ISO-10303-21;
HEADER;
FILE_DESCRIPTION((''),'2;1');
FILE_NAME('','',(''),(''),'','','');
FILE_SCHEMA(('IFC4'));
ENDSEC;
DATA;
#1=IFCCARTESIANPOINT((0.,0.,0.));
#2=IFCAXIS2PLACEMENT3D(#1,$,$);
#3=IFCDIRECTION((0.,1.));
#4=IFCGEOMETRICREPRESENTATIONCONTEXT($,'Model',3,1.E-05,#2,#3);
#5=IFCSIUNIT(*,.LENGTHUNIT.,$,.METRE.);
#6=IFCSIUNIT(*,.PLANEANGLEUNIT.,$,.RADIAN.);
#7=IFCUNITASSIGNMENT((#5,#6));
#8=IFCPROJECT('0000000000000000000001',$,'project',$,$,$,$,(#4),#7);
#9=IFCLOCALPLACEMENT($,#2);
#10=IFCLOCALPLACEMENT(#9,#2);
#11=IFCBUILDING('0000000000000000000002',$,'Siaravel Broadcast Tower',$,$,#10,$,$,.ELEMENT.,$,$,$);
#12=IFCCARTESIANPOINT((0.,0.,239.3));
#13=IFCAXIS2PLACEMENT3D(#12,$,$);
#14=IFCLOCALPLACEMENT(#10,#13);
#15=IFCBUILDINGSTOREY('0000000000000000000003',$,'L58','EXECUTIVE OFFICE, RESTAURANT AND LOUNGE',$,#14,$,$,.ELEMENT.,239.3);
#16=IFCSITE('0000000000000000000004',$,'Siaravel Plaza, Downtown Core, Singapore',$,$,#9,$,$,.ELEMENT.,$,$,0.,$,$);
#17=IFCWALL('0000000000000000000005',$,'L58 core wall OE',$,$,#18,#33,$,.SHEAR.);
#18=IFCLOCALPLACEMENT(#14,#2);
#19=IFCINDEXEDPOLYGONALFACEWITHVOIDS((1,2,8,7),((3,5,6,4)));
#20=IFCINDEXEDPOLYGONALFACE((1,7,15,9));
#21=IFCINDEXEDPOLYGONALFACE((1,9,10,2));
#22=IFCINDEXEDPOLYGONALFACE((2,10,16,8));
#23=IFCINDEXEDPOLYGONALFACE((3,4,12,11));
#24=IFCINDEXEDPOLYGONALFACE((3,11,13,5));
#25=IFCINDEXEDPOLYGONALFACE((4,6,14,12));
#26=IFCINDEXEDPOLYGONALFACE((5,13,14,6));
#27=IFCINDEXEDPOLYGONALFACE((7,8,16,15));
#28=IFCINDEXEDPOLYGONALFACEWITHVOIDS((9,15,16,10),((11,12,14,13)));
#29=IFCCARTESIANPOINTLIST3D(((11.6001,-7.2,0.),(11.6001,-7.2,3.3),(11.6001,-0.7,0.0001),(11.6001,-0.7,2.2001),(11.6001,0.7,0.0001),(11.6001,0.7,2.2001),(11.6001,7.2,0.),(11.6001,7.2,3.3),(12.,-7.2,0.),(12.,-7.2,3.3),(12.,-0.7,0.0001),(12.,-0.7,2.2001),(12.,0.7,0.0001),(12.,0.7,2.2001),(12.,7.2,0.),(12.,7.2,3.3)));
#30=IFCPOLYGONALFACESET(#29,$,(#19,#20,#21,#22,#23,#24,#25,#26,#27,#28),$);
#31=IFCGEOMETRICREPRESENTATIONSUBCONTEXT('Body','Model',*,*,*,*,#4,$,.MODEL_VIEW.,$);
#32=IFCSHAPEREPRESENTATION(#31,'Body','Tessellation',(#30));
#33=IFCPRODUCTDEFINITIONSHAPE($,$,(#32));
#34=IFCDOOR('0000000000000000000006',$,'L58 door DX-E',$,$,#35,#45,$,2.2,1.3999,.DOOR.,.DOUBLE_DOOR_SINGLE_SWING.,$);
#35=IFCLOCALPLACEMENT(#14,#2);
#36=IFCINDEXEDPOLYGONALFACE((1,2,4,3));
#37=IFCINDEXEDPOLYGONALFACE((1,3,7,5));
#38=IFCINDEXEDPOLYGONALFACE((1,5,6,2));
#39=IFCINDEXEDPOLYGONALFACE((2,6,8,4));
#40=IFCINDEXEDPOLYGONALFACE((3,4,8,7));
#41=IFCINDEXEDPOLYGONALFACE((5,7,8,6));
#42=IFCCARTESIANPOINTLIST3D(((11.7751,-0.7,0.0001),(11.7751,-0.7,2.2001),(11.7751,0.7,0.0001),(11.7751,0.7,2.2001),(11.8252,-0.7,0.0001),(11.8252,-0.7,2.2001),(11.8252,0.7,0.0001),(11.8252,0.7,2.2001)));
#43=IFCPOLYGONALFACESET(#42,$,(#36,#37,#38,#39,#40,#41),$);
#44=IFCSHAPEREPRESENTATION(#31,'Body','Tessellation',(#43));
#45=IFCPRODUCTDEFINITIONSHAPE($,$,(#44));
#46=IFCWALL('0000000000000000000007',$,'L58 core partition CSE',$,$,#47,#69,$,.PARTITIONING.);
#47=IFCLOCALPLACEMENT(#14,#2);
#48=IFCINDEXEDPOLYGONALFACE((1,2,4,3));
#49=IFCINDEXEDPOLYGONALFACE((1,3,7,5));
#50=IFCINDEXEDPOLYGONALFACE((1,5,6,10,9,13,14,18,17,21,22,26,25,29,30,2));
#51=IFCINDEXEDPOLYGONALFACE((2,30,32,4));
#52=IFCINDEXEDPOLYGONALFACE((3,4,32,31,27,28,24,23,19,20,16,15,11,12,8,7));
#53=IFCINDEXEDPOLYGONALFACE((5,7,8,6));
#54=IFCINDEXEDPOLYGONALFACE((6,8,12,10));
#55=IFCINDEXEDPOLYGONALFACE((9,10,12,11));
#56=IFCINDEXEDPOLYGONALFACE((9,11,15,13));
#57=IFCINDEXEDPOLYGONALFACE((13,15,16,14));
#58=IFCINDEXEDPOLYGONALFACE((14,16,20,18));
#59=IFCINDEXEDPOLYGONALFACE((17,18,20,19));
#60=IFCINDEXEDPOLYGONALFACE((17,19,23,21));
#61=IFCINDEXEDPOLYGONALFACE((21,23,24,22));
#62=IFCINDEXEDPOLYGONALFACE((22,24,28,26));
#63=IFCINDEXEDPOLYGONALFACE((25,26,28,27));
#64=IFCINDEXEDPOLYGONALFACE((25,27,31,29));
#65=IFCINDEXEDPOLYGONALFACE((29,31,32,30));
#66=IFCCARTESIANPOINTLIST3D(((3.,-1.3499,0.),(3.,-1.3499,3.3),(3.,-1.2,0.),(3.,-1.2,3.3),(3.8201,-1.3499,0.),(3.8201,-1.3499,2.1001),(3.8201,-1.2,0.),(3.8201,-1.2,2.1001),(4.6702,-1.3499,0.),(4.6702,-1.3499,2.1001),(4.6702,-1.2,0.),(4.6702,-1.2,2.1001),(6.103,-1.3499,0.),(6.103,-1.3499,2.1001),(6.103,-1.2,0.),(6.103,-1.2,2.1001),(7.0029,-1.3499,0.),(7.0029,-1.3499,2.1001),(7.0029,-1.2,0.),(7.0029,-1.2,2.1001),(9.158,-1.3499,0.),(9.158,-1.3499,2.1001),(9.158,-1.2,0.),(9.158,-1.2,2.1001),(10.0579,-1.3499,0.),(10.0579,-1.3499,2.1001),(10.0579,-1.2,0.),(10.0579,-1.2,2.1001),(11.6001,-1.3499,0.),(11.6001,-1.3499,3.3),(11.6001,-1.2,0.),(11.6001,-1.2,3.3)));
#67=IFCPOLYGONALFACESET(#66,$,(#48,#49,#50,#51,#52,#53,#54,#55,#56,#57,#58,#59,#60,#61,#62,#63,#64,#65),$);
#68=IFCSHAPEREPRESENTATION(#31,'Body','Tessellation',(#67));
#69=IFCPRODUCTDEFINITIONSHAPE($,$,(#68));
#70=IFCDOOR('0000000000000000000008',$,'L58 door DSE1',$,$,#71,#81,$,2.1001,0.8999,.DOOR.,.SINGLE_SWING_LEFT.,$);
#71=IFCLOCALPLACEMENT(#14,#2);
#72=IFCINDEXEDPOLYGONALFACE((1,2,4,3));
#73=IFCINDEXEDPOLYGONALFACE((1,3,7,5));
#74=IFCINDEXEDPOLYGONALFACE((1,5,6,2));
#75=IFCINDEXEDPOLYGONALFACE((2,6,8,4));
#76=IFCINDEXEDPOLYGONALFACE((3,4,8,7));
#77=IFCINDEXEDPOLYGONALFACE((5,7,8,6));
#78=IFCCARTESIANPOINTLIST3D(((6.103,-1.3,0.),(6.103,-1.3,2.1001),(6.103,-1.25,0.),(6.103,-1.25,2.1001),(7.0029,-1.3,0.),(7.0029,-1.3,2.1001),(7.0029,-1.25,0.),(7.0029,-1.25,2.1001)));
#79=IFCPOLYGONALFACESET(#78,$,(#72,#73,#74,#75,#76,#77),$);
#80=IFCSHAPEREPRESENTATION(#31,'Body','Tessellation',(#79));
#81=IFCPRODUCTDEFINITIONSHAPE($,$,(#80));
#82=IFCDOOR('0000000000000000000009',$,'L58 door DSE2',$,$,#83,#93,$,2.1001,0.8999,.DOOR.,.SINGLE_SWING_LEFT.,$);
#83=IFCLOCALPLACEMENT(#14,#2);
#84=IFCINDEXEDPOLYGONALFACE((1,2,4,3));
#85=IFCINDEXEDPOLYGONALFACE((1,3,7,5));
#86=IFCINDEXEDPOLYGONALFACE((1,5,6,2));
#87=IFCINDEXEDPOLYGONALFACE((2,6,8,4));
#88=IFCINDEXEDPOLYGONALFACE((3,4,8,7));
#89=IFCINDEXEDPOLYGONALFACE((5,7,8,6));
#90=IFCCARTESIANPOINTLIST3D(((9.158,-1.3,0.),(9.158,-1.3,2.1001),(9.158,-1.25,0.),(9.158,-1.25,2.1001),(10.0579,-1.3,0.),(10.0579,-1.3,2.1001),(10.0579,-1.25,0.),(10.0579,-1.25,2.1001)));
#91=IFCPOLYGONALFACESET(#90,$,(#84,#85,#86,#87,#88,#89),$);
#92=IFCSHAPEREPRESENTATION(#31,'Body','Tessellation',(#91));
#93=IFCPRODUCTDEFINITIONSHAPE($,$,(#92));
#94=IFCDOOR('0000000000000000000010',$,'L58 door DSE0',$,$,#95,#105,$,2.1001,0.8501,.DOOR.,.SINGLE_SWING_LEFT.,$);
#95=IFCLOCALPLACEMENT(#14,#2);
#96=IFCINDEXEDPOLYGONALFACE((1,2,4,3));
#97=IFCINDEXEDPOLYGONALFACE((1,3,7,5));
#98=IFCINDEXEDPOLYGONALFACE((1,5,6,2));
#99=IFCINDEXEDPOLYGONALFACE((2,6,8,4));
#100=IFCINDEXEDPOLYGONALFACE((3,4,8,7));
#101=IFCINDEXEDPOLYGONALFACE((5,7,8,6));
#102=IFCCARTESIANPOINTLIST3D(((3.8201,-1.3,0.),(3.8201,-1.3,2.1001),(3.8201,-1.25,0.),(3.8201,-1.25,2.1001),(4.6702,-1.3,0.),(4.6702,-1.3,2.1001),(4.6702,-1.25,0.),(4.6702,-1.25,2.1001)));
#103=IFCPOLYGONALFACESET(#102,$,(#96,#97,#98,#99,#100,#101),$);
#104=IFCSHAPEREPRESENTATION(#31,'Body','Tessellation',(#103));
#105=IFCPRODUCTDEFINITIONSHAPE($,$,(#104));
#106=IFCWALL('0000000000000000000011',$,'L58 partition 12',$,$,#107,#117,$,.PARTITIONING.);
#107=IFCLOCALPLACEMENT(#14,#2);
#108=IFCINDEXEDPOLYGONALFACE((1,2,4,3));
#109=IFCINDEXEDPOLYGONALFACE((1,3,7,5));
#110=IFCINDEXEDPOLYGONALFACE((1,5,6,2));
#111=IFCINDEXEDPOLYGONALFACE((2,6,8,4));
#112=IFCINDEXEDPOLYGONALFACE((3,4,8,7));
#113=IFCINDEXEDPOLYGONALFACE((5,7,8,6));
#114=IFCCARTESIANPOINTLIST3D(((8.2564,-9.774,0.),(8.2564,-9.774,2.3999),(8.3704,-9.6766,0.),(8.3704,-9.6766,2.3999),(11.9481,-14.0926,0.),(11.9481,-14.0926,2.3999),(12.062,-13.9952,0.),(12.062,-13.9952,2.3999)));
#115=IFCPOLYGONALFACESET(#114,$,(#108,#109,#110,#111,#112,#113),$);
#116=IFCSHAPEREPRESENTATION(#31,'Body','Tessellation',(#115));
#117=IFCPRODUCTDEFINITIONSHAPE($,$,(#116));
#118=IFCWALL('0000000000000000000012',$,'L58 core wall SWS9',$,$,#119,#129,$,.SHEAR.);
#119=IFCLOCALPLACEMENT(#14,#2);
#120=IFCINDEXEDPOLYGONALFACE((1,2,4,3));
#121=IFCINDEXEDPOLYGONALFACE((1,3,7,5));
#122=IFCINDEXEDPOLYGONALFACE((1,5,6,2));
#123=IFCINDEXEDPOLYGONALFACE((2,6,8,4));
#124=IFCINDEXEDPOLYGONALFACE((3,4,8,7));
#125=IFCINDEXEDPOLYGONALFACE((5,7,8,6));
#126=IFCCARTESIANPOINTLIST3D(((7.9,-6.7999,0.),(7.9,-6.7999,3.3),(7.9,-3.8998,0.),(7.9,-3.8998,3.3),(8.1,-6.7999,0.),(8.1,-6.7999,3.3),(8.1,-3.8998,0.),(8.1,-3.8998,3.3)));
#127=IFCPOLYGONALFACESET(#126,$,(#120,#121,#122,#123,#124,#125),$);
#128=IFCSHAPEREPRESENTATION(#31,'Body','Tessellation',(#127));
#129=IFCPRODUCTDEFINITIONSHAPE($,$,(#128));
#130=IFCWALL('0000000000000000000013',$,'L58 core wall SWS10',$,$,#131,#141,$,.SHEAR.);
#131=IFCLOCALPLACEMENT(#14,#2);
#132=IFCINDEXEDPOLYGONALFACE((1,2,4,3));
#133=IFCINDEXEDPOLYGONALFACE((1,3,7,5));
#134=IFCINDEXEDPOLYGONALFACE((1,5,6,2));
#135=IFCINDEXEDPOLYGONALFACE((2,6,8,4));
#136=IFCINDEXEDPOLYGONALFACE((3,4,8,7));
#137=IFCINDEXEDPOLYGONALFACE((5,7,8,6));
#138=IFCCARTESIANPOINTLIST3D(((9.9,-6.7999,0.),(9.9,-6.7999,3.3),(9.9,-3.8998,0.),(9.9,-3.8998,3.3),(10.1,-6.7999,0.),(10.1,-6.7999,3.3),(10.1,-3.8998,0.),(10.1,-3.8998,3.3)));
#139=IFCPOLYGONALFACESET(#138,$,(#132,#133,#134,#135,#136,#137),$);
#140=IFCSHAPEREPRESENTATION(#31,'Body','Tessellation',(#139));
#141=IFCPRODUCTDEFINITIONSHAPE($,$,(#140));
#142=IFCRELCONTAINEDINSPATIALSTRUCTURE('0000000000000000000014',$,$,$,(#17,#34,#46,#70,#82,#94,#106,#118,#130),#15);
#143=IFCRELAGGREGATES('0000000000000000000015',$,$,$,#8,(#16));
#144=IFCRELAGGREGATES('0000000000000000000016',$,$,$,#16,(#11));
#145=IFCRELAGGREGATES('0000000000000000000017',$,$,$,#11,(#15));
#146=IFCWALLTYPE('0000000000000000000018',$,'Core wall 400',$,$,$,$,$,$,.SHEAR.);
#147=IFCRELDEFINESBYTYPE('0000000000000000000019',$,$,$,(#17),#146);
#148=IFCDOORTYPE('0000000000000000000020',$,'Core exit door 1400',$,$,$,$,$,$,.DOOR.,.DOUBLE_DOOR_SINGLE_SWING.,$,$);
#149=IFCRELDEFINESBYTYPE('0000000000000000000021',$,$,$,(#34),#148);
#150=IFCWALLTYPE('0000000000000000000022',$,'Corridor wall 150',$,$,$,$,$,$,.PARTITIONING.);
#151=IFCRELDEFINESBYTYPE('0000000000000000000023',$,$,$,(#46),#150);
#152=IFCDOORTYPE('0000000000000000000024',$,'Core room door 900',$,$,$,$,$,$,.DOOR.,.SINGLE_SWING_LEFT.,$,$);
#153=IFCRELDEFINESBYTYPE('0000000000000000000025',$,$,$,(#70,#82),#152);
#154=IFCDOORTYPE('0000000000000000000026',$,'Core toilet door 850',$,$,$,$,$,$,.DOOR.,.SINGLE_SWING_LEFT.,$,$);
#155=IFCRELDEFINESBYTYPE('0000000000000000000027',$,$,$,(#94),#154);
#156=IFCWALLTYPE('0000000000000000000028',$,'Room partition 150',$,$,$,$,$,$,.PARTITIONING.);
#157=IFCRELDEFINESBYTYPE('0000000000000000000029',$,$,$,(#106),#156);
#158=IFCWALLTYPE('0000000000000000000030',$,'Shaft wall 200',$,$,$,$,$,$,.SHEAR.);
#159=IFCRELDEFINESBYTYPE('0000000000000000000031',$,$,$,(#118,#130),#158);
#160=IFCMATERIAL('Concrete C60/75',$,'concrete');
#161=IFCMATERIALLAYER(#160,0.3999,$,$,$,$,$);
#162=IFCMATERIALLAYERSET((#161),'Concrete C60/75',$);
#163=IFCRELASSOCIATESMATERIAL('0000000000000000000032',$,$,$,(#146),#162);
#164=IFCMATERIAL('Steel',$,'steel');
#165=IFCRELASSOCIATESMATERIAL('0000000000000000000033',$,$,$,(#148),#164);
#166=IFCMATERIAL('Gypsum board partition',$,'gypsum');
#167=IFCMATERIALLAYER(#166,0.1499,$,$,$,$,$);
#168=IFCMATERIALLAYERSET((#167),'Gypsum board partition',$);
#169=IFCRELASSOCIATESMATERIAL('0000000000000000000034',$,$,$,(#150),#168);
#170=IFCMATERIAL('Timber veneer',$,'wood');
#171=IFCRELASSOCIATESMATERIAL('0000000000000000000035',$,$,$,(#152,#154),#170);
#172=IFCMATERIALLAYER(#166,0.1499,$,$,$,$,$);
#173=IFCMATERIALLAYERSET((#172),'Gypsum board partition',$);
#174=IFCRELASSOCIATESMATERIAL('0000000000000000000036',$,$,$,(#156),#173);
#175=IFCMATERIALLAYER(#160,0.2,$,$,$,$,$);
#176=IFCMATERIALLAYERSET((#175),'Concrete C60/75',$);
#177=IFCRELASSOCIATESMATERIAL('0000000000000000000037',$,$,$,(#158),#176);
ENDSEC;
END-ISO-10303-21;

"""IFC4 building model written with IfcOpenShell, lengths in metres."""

from ifc_helpers import new_model, si_unit, direction, frame, frame_2d, origin, place, context, subcontext, project, spatial, rectangle, extrude, material, layer, layer_set, type_object, element, fill, save


model = new_model("IFC4")

# Units and contexts
model_context = context("Model", 3, precision=1e-05, world=origin(), true_north=direction((0.0, 1.0)))
body_context = subcontext(model_context, "Body", "Model", "MODEL_VIEW")
ifc_project = project(units=[si_unit("LENGTHUNIT", "METRE"), si_unit("PLANEANGLEUNIT", "RADIAN")], contexts=[model_context])

# Site, building, storey
site_placement = place(None, origin())
site = spatial("IfcSite", under=ifc_project, at=site_placement, Name="Siaravel Plaza, Downtown Core, Singapore", CompositionType="ELEMENT", RefElevation=0.0)
building_placement = place(site_placement, origin())
building = spatial("IfcBuilding", under=site, at=building_placement, Name="Siaravel Broadcast Tower", CompositionType="ELEMENT")
storey_placement = place(building_placement, frame((0.0, 0.0, 239.3)))
storey = spatial("IfcBuildingStorey", under=building, at=storey_placement, Name="L58", Description="EXECUTIVE OFFICE, RESTAURANT AND LOUNGE", CompositionType="ELEMENT", Elevation=239.3)

# Wall, opening, door
ifc_material_1 = material(Name="Concrete C60/75", Category="concrete")
ifc_layer_1 = layer(ifc_material_1, 0.3999)
ifc_layer_set_1 = layer_set([ifc_layer_1], Name="Concrete C60/75")
wall_type_1 = type_object("IfcWallType", Name="Core wall 400", PredefinedType="SHEAR", material=ifc_layer_set_1)
wall_1_placement = place(storey_placement, frame((11.8, -7.2, 0.0), z_axis=(0.0, 0.0, 1.0), x_axis=(0.0, 1.0, 0.0)))
wall_1 = element("IfcWall", 1, at=wall_1_placement, inside=storey, type_object=wall_type_1, Name="L58 core wall OE", PredefinedType="SHEAR", context=body_context, shape_type="SweptSolid", body=[
    extrude(rectangle(XDim=14.3999, YDim=0.3999, at=frame_2d((7.2, 0.0))), origin(), (0.0, 0.0, 1.0), 3.3),
])
opening_1_placement = place(wall_1_placement, frame((6.5, 0.0, 0.0)))
opening_1 = element("IfcOpeningElement", 2, at=opening_1_placement, cuts=wall_1, PredefinedType="OPENING", context=body_context, shape_type="SweptSolid", body=[
    extrude(rectangle(XDim=1.3999, YDim=2.2, at=frame_2d((0.7, 1.1001))), frame((0.0, 0.21, 0.0), z_axis=(0.0, -1.0, 0.0), x_axis=(1.0, 0.0, 0.0)), (0.0, 0.0, 1.0), 0.4199),
])
ifc_material_2 = material(Name="Steel", Category="steel")
door_type_1 = type_object("IfcDoorType", Name="Core exit door 1400", OperationType="DOUBLE_DOOR_SINGLE_SWING", PredefinedType="DOOR", material=ifc_material_2)
door_1_placement = place(opening_1_placement, origin())
door_1 = element("IfcDoor", 3, at=door_1_placement, inside=storey, type_object=door_type_1, Name="L58 door DX-E", OperationType="DOUBLE_DOOR_SINGLE_SWING", OverallHeight=2.2, OverallWidth=1.3999, PredefinedType="DOOR", context=body_context, shape_type="SweptSolid", body=[
    extrude(rectangle(XDim=1.3999, YDim=2.2, at=frame_2d((0.7, 1.1001))), frame((0.0, 0.0249, 0.0), z_axis=(0.0, -1.0, 0.0), x_axis=(1.0, 0.0, 0.0)), (0.0, 0.0, 1.0), 0.05),
])
fill(opening_1, door_1)

# Wall, openings, doors
ifc_material_3 = material(Name="Gypsum board partition", Category="gypsum")
ifc_layer_2 = layer(ifc_material_3, 0.1499)
ifc_layer_set_2 = layer_set([ifc_layer_2], Name="Gypsum board partition")
wall_type_2 = type_object("IfcWallType", Name="Corridor wall 150", PredefinedType="PARTITIONING", material=ifc_layer_set_2)
wall_2_placement = place(storey_placement, frame((3.0, -1.2749, 0.0), z_axis=(0.0, 0.0, 1.0), x_axis=(1.0, 0.0, 0.0)))
wall_2 = element("IfcWall", 4, at=wall_2_placement, inside=storey, type_object=wall_type_2, Name="L58 core partition CSE", PredefinedType="PARTITIONING", context=body_context, shape_type="SweptSolid", body=[
    extrude(rectangle(XDim=8.6001, YDim=0.1499, at=frame_2d((4.3, 0.0))), origin(), (0.0, 0.0, 1.0), 3.3),
])
opening_2_placement = place(wall_2_placement, frame((0.8201, 0.0, 0.0)))
opening_2 = element("IfcOpeningElement", 5, at=opening_2_placement, cuts=wall_2, PredefinedType="OPENING", context=body_context, shape_type="SweptSolid", body=[
    extrude(rectangle(XDim=0.8501, YDim=2.1001, at=frame_2d((0.425, 1.05))), frame((0.0, 0.085, 0.0), z_axis=(0.0, -1.0, 0.0), x_axis=(1.0, 0.0, 0.0)), (0.0, 0.0, 1.0), 0.1699),
])
opening_3_placement = place(wall_2_placement, frame((3.103, 0.0, 0.0)))
opening_3 = element("IfcOpeningElement", 6, at=opening_3_placement, cuts=wall_2, PredefinedType="OPENING", context=body_context, shape_type="SweptSolid", body=[
    extrude(rectangle(XDim=0.8999, YDim=2.1001, at=frame_2d((0.45, 1.05))), frame((0.0, 0.085, 0.0), z_axis=(0.0, -1.0, 0.0), x_axis=(1.0, 0.0, 0.0)), (0.0, 0.0, 1.0), 0.1699),
])
opening_4_placement = place(wall_2_placement, frame((6.158, 0.0, 0.0)))
opening_4 = element("IfcOpeningElement", 7, at=opening_4_placement, cuts=wall_2, PredefinedType="OPENING", context=body_context, shape_type="SweptSolid", body=[
    extrude(rectangle(XDim=0.8999, YDim=2.1001, at=frame_2d((0.45, 1.05))), frame((0.0, 0.085, 0.0), z_axis=(0.0, -1.0, 0.0), x_axis=(1.0, 0.0, 0.0)), (0.0, 0.0, 1.0), 0.1699),
])
ifc_material_4 = material(Name="Timber veneer", Category="wood")
door_type_2 = type_object("IfcDoorType", Name="Core room door 900", OperationType="SINGLE_SWING_LEFT", PredefinedType="DOOR", material=ifc_material_4)
door_2_placement = place(opening_3_placement, origin())
door_2 = element("IfcDoor", 8, at=door_2_placement, inside=storey, type_object=door_type_2, Name="L58 door DSE1", OperationType="SINGLE_SWING_LEFT", OverallHeight=2.1001, OverallWidth=0.8999, PredefinedType="DOOR", context=body_context, shape_type="SweptSolid", body=[
    extrude(rectangle(XDim=0.8999, YDim=2.1001, at=frame_2d((0.45, 1.05))), frame((0.0, 0.0249, 0.0), z_axis=(0.0, -1.0, 0.0), x_axis=(1.0, 0.0, 0.0)), (0.0, 0.0, 1.0), 0.05),
])
fill(opening_3, door_2)
door_3_placement = place(opening_4_placement, origin())
door_3 = element("IfcDoor", 9, at=door_3_placement, inside=storey, type_object=door_type_2, Name="L58 door DSE2", OperationType="SINGLE_SWING_LEFT", OverallHeight=2.1001, OverallWidth=0.8999, PredefinedType="DOOR", context=body_context, shape_type="SweptSolid", body=[
    extrude(rectangle(XDim=0.8999, YDim=2.1001, at=frame_2d((0.45, 1.05))), frame((0.0, 0.0249, 0.0), z_axis=(0.0, -1.0, 0.0), x_axis=(1.0, 0.0, 0.0)), (0.0, 0.0, 1.0), 0.05),
])
fill(opening_4, door_3)
door_type_3 = type_object("IfcDoorType", Name="Core toilet door 850", OperationType="SINGLE_SWING_LEFT", PredefinedType="DOOR", material=ifc_material_4)
door_4_placement = place(opening_2_placement, origin())
door_4 = element("IfcDoor", 10, at=door_4_placement, inside=storey, type_object=door_type_3, Name="L58 door DSE0", OperationType="SINGLE_SWING_LEFT", OverallHeight=2.1001, OverallWidth=0.8501, PredefinedType="DOOR", context=body_context, shape_type="SweptSolid", body=[
    extrude(rectangle(XDim=0.8501, YDim=2.1001, at=frame_2d((0.425, 1.05))), frame((0.0, 0.0249, 0.0), z_axis=(0.0, -1.0, 0.0), x_axis=(1.0, 0.0, 0.0)), (0.0, 0.0, 1.0), 0.05),
])
fill(opening_2, door_4)

# Walls
ifc_layer_3 = layer(ifc_material_3, 0.1499)
ifc_layer_set_3 = layer_set([ifc_layer_3], Name="Gypsum board partition")
wall_type_3 = type_object("IfcWallType", Name="Room partition 150", PredefinedType="PARTITIONING", material=ifc_layer_set_3)
wall_3_placement = place(storey_placement, frame((12.0051, -14.0439, 0.0), z_axis=(0.0, 0.0, 1.0), x_axis=(-0.649775, 0.760126, 0.0)))
element("IfcWall", 11, at=wall_3_placement, inside=storey, type_object=wall_type_3, Name="L58 partition 12", PredefinedType="PARTITIONING", context=body_context, shape_type="SweptSolid", body=[
    extrude(rectangle(XDim=5.6814, YDim=0.1499, at=frame_2d((2.8408, 0.0))), origin(), (0.0, 0.0, 1.0), 2.3999),
])
ifc_layer_4 = layer(ifc_material_1, 0.2)
ifc_layer_set_4 = layer_set([ifc_layer_4], Name="Concrete C60/75")
wall_type_4 = type_object("IfcWallType", Name="Shaft wall 200", PredefinedType="SHEAR", material=ifc_layer_set_4)
for number, where, z_axis, x_axis, name in (
    (12, (8.0, -6.8, 0.0), (0.0, 0.0, 1.0), (0.0, 1.0, 0.0), "L58 core wall SWS9"),
    (13, (10.0, -6.8, 0.0), (0.0, 0.0, 1.0), (0.0, 1.0, 0.0), "L58 core wall SWS10"),
):
    element("IfcWall", number, at=place(storey_placement, frame(where, z_axis=z_axis, x_axis=x_axis)), inside=storey, type_object=wall_type_4, Name=name, PredefinedType="SHEAR", context=body_context, shape_type="SweptSolid", body=[
        extrude(rectangle(XDim=2.9001, YDim=0.2, at=frame_2d((1.4502, 0.0))), origin(), (0.0, 0.0, 1.0), 3.3),
    ])

save(model, "model.ifc")
